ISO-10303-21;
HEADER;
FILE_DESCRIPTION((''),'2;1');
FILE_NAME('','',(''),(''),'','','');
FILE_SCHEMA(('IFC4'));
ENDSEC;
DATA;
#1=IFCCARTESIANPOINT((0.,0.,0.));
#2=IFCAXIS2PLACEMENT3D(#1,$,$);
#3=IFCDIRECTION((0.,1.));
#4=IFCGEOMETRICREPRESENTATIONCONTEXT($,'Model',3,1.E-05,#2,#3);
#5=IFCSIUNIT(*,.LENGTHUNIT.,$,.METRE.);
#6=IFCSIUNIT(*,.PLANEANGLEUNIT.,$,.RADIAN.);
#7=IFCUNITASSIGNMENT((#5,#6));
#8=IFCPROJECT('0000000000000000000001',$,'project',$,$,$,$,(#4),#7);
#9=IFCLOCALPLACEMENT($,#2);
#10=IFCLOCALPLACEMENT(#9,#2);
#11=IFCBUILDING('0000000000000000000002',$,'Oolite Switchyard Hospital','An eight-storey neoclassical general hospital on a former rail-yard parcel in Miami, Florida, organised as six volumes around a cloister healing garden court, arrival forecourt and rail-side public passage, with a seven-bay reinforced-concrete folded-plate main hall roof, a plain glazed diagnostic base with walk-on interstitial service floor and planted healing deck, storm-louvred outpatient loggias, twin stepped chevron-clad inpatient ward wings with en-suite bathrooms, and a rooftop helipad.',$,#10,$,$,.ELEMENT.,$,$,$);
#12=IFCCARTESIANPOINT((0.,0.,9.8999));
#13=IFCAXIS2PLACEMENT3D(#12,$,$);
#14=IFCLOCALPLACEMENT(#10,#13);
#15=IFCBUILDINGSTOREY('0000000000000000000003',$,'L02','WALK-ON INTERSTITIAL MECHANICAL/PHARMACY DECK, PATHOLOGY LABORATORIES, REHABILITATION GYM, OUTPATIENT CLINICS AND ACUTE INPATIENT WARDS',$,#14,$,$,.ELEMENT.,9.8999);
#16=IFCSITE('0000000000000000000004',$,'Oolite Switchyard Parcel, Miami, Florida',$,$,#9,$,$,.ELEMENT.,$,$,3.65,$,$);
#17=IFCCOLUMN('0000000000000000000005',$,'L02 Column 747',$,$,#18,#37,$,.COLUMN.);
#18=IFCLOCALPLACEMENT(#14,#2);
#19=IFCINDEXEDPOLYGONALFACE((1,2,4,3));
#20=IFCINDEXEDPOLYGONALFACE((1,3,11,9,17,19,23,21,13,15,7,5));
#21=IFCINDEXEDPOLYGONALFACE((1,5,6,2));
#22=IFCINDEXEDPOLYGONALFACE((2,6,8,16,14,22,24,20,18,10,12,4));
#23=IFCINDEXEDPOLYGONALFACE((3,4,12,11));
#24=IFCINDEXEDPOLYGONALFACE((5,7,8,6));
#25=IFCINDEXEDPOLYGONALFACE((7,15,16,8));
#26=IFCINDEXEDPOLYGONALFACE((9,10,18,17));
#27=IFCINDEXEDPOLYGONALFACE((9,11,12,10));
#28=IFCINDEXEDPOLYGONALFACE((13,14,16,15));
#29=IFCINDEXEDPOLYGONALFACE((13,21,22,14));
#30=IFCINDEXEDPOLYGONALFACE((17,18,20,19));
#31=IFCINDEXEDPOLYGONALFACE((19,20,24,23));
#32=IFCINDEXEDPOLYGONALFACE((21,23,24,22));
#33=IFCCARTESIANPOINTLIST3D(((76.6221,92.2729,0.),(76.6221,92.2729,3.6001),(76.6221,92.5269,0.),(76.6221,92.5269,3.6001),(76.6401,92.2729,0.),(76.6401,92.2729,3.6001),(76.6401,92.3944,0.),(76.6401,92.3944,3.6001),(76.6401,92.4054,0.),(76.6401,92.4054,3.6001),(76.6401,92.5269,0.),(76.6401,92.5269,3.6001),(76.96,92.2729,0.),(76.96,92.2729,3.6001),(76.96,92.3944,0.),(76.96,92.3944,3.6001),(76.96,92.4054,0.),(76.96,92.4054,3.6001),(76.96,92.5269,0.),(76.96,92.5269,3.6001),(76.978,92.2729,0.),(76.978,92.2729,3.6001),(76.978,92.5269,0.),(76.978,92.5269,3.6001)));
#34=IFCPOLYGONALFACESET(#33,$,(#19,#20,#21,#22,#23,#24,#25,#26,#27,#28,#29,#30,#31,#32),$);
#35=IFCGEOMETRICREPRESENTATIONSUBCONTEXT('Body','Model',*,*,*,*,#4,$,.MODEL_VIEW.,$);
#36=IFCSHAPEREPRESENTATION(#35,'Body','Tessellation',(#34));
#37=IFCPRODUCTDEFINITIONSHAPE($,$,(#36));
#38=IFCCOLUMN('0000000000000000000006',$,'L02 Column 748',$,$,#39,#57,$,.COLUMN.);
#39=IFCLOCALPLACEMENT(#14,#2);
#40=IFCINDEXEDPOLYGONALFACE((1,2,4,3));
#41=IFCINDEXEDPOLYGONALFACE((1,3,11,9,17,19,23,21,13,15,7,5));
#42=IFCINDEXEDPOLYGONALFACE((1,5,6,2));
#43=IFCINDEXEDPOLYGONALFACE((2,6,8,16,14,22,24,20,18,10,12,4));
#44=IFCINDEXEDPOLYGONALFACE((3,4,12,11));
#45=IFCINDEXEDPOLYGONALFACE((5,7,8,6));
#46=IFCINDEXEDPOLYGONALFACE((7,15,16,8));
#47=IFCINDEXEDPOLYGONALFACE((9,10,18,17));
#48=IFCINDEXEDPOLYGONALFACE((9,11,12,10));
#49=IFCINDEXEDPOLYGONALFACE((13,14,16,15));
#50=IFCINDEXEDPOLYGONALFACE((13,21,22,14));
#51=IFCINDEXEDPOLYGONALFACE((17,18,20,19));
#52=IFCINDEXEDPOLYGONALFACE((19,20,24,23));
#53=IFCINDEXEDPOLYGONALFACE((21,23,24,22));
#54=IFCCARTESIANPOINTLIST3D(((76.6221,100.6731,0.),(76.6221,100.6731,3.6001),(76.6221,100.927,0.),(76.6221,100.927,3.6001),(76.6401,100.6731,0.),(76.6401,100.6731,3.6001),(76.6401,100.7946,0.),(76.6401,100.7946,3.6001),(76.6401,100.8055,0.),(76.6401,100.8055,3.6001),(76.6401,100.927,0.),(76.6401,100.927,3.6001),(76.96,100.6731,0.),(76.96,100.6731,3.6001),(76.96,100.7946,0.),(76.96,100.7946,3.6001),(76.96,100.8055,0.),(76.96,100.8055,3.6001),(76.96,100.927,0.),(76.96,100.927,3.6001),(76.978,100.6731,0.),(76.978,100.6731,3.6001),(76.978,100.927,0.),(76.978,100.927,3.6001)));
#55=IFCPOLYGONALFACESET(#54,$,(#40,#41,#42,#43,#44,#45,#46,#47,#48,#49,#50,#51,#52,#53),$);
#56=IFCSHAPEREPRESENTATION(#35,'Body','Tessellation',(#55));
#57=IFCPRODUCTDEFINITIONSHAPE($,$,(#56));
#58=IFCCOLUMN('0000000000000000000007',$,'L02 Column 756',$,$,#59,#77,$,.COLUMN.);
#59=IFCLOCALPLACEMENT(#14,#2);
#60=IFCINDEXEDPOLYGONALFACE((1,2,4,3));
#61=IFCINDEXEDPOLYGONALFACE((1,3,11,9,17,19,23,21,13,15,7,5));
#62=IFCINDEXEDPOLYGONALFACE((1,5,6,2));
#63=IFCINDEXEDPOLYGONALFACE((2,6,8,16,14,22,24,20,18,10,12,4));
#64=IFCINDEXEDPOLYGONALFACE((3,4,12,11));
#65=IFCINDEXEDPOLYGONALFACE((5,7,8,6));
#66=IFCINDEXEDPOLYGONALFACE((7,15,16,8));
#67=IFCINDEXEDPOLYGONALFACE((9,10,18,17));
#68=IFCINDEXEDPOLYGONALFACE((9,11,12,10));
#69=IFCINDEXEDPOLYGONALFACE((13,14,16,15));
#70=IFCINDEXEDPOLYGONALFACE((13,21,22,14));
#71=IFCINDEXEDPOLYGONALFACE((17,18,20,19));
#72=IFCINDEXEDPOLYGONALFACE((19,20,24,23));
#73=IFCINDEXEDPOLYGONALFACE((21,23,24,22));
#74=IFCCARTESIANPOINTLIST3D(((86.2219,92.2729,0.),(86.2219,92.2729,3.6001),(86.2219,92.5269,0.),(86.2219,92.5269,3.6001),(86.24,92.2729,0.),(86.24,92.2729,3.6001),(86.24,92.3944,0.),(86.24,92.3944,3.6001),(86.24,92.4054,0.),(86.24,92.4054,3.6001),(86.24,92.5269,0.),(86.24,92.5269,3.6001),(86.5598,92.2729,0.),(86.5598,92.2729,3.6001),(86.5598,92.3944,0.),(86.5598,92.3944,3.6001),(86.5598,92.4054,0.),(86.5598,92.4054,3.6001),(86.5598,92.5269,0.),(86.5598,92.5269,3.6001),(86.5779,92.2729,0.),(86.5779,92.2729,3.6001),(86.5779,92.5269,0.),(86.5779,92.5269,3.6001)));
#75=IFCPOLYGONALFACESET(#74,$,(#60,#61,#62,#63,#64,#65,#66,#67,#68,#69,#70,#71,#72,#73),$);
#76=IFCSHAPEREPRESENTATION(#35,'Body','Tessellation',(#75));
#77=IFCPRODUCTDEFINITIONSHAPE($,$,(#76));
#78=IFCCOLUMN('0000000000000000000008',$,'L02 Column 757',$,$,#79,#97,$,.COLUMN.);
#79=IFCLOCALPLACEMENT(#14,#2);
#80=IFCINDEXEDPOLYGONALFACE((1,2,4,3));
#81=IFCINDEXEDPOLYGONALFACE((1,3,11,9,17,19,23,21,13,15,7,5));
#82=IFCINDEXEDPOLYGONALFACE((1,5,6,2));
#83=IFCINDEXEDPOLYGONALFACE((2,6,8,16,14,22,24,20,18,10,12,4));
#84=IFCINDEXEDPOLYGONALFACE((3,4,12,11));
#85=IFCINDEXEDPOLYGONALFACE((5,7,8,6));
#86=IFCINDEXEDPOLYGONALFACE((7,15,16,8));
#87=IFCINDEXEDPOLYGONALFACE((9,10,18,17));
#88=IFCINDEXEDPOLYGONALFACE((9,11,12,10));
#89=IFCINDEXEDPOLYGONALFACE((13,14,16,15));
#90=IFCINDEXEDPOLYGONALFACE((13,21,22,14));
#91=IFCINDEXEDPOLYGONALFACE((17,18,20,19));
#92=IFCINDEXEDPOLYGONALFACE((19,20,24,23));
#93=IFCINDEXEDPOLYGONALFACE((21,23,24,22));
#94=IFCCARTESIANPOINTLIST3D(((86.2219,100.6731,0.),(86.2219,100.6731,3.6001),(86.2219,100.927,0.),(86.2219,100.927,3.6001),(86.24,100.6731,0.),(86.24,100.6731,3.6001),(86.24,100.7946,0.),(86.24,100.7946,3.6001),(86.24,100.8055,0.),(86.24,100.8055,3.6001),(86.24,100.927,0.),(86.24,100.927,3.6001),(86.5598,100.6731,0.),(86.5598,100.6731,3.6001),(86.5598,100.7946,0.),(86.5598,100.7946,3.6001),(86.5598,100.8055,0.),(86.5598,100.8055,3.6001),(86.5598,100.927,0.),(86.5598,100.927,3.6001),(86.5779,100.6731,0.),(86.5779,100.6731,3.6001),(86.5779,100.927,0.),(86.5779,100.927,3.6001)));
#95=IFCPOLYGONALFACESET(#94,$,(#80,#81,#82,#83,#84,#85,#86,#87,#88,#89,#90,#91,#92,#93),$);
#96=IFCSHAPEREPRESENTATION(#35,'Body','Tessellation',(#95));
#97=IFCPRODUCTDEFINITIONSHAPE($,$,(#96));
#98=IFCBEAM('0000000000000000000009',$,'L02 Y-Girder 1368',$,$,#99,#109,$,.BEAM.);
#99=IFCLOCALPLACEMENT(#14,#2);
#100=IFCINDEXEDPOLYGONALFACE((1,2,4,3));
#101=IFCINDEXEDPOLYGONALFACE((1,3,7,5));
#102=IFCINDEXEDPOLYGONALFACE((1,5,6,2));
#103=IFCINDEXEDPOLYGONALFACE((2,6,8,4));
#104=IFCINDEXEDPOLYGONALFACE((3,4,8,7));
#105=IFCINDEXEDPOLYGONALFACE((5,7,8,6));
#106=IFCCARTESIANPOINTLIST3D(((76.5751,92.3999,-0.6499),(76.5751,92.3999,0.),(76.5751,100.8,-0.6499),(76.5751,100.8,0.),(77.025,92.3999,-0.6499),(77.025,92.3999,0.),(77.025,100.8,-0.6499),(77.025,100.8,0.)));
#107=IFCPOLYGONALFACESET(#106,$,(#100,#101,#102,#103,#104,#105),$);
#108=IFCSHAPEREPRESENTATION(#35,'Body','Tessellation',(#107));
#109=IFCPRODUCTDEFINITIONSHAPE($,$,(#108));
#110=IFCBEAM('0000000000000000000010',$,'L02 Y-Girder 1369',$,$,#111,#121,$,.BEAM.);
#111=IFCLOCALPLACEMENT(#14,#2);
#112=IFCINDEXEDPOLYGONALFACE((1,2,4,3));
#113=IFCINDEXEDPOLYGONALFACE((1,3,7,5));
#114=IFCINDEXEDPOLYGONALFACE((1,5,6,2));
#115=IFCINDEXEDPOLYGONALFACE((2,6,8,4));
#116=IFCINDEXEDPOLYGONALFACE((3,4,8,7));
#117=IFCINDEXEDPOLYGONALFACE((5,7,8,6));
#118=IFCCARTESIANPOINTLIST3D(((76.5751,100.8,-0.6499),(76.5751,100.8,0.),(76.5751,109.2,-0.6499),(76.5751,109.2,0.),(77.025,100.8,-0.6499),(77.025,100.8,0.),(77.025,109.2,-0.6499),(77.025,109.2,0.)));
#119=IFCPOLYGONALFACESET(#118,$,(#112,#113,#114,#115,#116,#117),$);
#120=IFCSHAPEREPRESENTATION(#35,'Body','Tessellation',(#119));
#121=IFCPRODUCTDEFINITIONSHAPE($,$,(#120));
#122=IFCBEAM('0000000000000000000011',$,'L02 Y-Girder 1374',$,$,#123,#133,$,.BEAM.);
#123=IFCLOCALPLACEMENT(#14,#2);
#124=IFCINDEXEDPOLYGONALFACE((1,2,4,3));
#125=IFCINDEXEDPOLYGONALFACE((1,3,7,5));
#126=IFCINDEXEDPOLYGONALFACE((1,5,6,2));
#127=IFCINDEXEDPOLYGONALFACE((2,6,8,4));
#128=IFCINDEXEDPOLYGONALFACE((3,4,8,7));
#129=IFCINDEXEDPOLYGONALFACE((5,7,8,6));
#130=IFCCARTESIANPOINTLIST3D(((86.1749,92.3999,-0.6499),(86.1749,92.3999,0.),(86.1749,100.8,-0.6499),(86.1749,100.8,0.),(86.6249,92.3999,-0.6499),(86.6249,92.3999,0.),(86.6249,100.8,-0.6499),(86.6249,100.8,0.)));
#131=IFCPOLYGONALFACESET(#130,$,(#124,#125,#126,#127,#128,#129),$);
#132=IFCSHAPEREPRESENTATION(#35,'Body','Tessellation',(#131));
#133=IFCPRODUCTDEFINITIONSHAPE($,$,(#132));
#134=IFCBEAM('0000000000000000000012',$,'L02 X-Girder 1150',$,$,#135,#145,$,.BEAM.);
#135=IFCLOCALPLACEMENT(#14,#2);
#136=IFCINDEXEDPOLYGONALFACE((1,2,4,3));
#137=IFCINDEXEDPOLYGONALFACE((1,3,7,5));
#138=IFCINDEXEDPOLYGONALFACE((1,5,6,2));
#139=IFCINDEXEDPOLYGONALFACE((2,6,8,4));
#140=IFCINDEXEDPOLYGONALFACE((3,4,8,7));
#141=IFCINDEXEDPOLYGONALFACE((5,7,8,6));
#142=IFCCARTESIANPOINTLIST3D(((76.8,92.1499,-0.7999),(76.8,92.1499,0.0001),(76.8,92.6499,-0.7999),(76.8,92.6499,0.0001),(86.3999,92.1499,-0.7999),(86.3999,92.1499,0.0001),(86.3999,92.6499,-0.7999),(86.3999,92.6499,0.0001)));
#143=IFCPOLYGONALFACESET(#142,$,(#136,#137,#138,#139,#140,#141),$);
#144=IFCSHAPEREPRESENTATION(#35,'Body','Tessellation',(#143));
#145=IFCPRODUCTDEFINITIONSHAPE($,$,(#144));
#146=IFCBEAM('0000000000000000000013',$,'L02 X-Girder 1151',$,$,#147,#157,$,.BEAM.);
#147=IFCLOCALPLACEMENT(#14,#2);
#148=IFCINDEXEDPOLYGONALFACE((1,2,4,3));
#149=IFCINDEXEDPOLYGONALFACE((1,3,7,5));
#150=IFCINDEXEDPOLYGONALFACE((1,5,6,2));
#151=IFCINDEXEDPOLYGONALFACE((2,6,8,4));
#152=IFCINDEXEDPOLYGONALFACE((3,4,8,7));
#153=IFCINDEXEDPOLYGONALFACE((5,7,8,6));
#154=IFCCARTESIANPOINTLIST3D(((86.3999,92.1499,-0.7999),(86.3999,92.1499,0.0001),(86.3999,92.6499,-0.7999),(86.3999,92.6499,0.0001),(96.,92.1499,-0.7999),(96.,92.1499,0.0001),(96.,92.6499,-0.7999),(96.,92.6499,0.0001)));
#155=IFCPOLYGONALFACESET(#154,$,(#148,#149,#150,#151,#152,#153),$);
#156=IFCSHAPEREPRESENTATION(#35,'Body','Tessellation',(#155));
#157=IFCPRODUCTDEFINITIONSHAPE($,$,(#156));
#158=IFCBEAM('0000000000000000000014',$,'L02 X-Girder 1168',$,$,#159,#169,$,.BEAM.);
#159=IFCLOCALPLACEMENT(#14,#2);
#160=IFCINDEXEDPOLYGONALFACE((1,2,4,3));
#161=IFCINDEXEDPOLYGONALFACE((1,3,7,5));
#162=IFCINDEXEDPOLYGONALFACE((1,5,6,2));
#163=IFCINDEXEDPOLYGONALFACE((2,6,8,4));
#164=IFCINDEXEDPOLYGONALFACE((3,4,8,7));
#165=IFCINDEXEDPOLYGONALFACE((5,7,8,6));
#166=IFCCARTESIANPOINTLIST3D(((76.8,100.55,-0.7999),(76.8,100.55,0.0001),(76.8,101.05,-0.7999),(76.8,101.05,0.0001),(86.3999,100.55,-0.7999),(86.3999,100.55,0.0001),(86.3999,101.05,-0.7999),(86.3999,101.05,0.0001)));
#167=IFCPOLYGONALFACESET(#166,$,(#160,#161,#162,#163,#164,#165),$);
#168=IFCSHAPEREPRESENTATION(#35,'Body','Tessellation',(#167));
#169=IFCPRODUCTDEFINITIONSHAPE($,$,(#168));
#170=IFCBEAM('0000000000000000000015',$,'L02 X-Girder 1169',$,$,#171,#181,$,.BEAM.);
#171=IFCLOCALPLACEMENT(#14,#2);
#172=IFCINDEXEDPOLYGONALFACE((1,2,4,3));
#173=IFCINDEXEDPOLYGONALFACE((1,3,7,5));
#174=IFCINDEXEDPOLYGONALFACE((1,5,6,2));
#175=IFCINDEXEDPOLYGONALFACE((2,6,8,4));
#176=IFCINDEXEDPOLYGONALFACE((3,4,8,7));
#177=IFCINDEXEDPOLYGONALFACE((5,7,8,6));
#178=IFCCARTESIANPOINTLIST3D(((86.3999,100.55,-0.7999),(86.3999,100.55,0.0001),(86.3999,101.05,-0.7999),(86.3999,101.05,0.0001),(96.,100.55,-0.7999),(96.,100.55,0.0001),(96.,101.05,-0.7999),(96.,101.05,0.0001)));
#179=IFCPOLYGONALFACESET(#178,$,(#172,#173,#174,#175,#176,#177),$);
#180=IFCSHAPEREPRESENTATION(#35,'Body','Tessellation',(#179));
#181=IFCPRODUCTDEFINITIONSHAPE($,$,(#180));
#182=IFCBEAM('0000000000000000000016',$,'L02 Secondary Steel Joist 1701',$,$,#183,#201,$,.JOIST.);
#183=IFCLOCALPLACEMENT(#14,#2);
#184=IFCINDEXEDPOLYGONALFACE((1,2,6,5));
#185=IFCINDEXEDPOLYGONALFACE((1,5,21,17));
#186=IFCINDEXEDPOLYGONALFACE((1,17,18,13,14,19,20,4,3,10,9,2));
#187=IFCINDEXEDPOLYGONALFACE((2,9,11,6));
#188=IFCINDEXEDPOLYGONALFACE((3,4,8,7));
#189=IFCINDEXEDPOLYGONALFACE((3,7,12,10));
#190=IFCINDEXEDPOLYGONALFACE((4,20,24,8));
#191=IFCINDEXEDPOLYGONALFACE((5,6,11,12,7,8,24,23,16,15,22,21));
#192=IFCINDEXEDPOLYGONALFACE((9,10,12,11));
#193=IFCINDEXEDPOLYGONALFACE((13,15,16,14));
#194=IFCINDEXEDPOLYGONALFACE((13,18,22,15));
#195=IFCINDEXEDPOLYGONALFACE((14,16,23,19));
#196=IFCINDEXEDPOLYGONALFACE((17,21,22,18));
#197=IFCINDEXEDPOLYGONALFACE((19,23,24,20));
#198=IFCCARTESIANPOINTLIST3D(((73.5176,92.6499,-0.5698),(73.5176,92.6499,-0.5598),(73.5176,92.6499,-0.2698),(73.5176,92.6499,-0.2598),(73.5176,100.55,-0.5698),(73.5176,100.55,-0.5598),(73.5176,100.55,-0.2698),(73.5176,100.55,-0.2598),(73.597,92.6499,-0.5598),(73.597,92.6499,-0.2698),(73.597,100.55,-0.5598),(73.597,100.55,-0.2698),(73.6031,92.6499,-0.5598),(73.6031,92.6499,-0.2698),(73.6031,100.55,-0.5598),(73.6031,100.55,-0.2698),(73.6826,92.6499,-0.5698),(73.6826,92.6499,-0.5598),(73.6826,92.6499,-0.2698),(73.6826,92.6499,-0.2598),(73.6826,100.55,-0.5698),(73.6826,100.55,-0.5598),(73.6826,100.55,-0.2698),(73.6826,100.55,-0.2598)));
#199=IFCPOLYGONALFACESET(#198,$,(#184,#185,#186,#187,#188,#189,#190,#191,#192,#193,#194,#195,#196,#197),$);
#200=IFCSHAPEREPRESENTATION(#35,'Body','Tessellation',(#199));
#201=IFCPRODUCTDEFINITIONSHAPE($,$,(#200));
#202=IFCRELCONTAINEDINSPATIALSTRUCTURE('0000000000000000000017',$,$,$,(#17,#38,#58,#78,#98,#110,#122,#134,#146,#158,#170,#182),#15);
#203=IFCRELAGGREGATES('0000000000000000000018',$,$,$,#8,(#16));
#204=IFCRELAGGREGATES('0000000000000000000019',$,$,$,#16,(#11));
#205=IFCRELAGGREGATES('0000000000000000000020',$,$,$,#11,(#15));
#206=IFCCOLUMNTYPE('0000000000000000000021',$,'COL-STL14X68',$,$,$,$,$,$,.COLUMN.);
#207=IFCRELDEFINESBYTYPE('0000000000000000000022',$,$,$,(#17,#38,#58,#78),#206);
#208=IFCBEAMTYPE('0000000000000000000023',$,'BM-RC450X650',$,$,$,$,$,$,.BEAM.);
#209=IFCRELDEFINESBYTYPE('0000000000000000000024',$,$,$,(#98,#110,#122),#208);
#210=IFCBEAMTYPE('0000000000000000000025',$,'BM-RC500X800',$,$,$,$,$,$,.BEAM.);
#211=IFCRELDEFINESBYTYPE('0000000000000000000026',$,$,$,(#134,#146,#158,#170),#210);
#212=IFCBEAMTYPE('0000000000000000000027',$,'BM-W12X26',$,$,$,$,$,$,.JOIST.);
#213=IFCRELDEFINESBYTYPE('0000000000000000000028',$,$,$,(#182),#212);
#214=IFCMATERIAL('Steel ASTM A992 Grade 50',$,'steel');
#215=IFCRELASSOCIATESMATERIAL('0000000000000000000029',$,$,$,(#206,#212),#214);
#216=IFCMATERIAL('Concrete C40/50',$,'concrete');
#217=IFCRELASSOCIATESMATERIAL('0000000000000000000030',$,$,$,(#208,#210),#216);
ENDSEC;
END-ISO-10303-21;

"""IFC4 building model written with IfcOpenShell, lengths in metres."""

from ifc_helpers import new_model, si_unit, direction, frame, origin, origin_2d, place, context, subcontext, project, spatial, rectangle, i_section, extrude, material, material_profile, profile_set, type_object, element, save


model = new_model("IFC4")

# Units and contexts
model_context = context("Model", 3, precision=1e-05, world=origin(), true_north=direction((0.0, 1.0)))
body_context = subcontext(model_context, "Body", "Model", "MODEL_VIEW")
ifc_project = project(units=[si_unit("LENGTHUNIT", "METRE"), si_unit("PLANEANGLEUNIT", "RADIAN")], contexts=[model_context])

# Site, building, storey
site_placement = place(None, origin())
site = spatial("IfcSite", under=ifc_project, at=site_placement, Name="Oolite Switchyard Parcel, Miami, Florida", CompositionType="ELEMENT", RefElevation=3.65)
building_placement = place(site_placement, origin())
building = spatial("IfcBuilding", under=site, at=building_placement, Name="Oolite Switchyard Hospital", Description="An eight-storey neoclassical general hospital on a former rail-yard parcel in Miami, Florida, organised as six volumes around a cloister healing garden court, arrival forecourt and rail-side public passage, with a seven-bay reinforced-concrete folded-plate main hall roof, a plain glazed diagnostic base with walk-on interstitial service floor and planted healing deck, storm-louvred outpatient loggias, twin stepped chevron-clad inpatient ward wings with en-suite bathrooms, and a rooftop helipad.", CompositionType="ELEMENT")
storey_placement = place(building_placement, frame((0.0, 0.0, 9.8999)))
storey = spatial("IfcBuildingStorey", under=building, at=storey_placement, Name="L02", Description="WALK-ON INTERSTITIAL MECHANICAL/PHARMACY DECK, PATHOLOGY LABORATORIES, REHABILITATION GYM, OUTPATIENT CLINICS AND ACUTE INPATIENT WARDS", CompositionType="ELEMENT", Elevation=9.8999)

# Columns
ifc_material_1 = material(Name="Steel ASTM A992 Grade 50", Category="steel")
ifc_material_profile_1 = material_profile(ifc_material_1, i_section(OverallWidth=0.2539, OverallDepth=0.356, WebThickness=0.011, FlangeThickness=0.0181, at=origin_2d()), Name="W14X68")
ifc_profile_set_1 = profile_set([ifc_material_profile_1], Name="Steel ASTM A992 Grade 50")
column_type = type_object("IfcColumnType", Name="COL-STL14X68", PredefinedType="COLUMN", material=ifc_profile_set_1)
for number, where, z_axis, x_axis, name in (
    (1, (76.8, 92.3999, 0.0), (0.0, 0.0, 1.0), (0.0, -1.0, 0.0), "L02 Column 747"),
    (2, (76.8, 100.8, 0.0), (0.0, 0.0, 1.0), (0.0, -1.0, 0.0), "L02 Column 748"),
    (3, (86.3999, 92.3999, 0.0), (0.0, 0.0, 1.0), (0.0, -1.0, 0.0), "L02 Column 756"),
    (4, (86.3999, 100.8, 0.0), (0.0, 0.0, 1.0), (0.0, -1.0, 0.0), "L02 Column 757"),
):
    element("IfcColumn", number, at=place(storey_placement, frame(where, z_axis=z_axis, x_axis=x_axis)), inside=storey, type_object=column_type, Name=name, PredefinedType="COLUMN", context=body_context, shape_type="SweptSolid", body=[
        extrude(i_section(OverallWidth=0.2539, OverallDepth=0.356, WebThickness=0.011, FlangeThickness=0.0181, at=origin_2d()), origin(), (0.0, 0.0, 1.0), 3.6001),
    ])

# Beams
ifc_material_2 = material(Name="Concrete C40/50", Category="concrete")
ifc_material_profile_2 = material_profile(ifc_material_2, rectangle(XDim=0.45, YDim=0.6499, at=origin_2d()), Name="RCB450X650")
ifc_profile_set_2 = profile_set([ifc_material_profile_2], Name="Concrete C40/50")
beam_type_1 = type_object("IfcBeamType", Name="BM-RC450X650", PredefinedType="BEAM", material=ifc_profile_set_2)
beam_1_placement = place(storey_placement, frame((76.8, 92.3999, -0.325), z_axis=(0.0, 1.0, 0.0), x_axis=(-1.0, 0.0, 0.0)))
element("IfcBeam", 5, at=beam_1_placement, inside=storey, type_object=beam_type_1, Name="L02 Y-Girder 1368", PredefinedType="BEAM", context=body_context, shape_type="SweptSolid", body=[
    extrude(rectangle(XDim=0.45, YDim=0.6499, at=origin_2d()), origin(), (0.0, 0.0, 1.0), 8.4001),
])
beam_2_placement = place(storey_placement, frame((76.8, 100.8, -0.325), z_axis=(0.0, 1.0, 0.0), x_axis=(-1.0, 0.0, 0.0)))
element("IfcBeam", 6, at=beam_2_placement, inside=storey, type_object=beam_type_1, Name="L02 Y-Girder 1369", PredefinedType="BEAM", context=body_context, shape_type="SweptSolid", body=[
    extrude(rectangle(XDim=0.45, YDim=0.6499, at=origin_2d()), origin(), (0.0, 0.0, 1.0), 8.3999),
])
beam_3_placement = place(storey_placement, frame((86.3999, 92.3999, -0.325), z_axis=(0.0, 1.0, 0.0), x_axis=(-1.0, 0.0, 0.0)))
element("IfcBeam", 7, at=beam_3_placement, inside=storey, type_object=beam_type_1, Name="L02 Y-Girder 1374", PredefinedType="BEAM", context=body_context, shape_type="SweptSolid", body=[
    extrude(rectangle(XDim=0.45, YDim=0.6499, at=origin_2d()), origin(), (0.0, 0.0, 1.0), 8.4001),
])
ifc_material_profile_3 = material_profile(ifc_material_2, rectangle(XDim=0.5, YDim=0.8, at=origin_2d()), Name="RCB500X800")
ifc_profile_set_3 = profile_set([ifc_material_profile_3], Name="Concrete C40/50")
beam_type_2 = type_object("IfcBeamType", Name="BM-RC500X800", PredefinedType="BEAM", material=ifc_profile_set_3)
beam_4_placement = place(storey_placement, frame((76.8, 92.3999, -0.3999), z_axis=(1.0, 0.0, 0.0), x_axis=(0.0, 1.0, 0.0)))
element("IfcBeam", 8, at=beam_4_placement, inside=storey, type_object=beam_type_2, Name="L02 X-Girder 1150", PredefinedType="BEAM", context=body_context, shape_type="SweptSolid", body=[
    extrude(rectangle(XDim=0.5, YDim=0.8, at=origin_2d()), origin(), (0.0, 0.0, 1.0), 9.5999),
])
beam_5_placement = place(storey_placement, frame((86.3999, 92.3999, -0.3999), z_axis=(1.0, 0.0, 0.0), x_axis=(0.0, 1.0, 0.0)))
element("IfcBeam", 9, at=beam_5_placement, inside=storey, type_object=beam_type_2, Name="L02 X-Girder 1151", PredefinedType="BEAM", context=body_context, shape_type="SweptSolid", body=[
    extrude(rectangle(XDim=0.5, YDim=0.8, at=origin_2d()), origin(), (0.0, 0.0, 1.0), 9.6001),
])
beam_6_placement = place(storey_placement, frame((76.8, 100.8, -0.3999), z_axis=(1.0, 0.0, 0.0), x_axis=(0.0, 1.0, 0.0)))
element("IfcBeam", 10, at=beam_6_placement, inside=storey, type_object=beam_type_2, Name="L02 X-Girder 1168", PredefinedType="BEAM", context=body_context, shape_type="SweptSolid", body=[
    extrude(rectangle(XDim=0.5, YDim=0.8, at=origin_2d()), origin(), (0.0, 0.0, 1.0), 9.5999),
])
beam_7_placement = place(storey_placement, frame((86.3999, 100.8, -0.3999), z_axis=(1.0, 0.0, 0.0), x_axis=(0.0, 1.0, 0.0)))
element("IfcBeam", 11, at=beam_7_placement, inside=storey, type_object=beam_type_2, Name="L02 X-Girder 1169", PredefinedType="BEAM", context=body_context, shape_type="SweptSolid", body=[
    extrude(rectangle(XDim=0.5, YDim=0.8, at=origin_2d()), origin(), (0.0, 0.0, 1.0), 9.6001),
])
ifc_material_profile_4 = material_profile(ifc_material_1, i_section(OverallWidth=0.165, OverallDepth=0.3101, WebThickness=0.0061, FlangeThickness=0.01, at=origin_2d()), Name="W12X26")
ifc_profile_set_4 = profile_set([ifc_material_profile_4], Name="Steel ASTM A992 Grade 50")
beam_type_3 = type_object("IfcBeamType", Name="BM-W12X26", PredefinedType="JOIST", material=ifc_profile_set_4)
beam_8_placement = place(storey_placement, frame((73.6001, 92.6499, -0.4148), z_axis=(0.0, 1.0, 0.0), x_axis=(-1.0, 0.0, 0.0)))
element("IfcBeam", 12, at=beam_8_placement, inside=storey, type_object=beam_type_3, Name="L02 Secondary Steel Joist 1701", PredefinedType="JOIST", context=body_context, shape_type="SweptSolid", body=[
    extrude(i_section(OverallWidth=0.165, OverallDepth=0.3101, WebThickness=0.0061, FlangeThickness=0.01, at=origin_2d()), origin(), (0.0, 0.0, 1.0), 7.9001),
])

save(model, "model.ifc")
